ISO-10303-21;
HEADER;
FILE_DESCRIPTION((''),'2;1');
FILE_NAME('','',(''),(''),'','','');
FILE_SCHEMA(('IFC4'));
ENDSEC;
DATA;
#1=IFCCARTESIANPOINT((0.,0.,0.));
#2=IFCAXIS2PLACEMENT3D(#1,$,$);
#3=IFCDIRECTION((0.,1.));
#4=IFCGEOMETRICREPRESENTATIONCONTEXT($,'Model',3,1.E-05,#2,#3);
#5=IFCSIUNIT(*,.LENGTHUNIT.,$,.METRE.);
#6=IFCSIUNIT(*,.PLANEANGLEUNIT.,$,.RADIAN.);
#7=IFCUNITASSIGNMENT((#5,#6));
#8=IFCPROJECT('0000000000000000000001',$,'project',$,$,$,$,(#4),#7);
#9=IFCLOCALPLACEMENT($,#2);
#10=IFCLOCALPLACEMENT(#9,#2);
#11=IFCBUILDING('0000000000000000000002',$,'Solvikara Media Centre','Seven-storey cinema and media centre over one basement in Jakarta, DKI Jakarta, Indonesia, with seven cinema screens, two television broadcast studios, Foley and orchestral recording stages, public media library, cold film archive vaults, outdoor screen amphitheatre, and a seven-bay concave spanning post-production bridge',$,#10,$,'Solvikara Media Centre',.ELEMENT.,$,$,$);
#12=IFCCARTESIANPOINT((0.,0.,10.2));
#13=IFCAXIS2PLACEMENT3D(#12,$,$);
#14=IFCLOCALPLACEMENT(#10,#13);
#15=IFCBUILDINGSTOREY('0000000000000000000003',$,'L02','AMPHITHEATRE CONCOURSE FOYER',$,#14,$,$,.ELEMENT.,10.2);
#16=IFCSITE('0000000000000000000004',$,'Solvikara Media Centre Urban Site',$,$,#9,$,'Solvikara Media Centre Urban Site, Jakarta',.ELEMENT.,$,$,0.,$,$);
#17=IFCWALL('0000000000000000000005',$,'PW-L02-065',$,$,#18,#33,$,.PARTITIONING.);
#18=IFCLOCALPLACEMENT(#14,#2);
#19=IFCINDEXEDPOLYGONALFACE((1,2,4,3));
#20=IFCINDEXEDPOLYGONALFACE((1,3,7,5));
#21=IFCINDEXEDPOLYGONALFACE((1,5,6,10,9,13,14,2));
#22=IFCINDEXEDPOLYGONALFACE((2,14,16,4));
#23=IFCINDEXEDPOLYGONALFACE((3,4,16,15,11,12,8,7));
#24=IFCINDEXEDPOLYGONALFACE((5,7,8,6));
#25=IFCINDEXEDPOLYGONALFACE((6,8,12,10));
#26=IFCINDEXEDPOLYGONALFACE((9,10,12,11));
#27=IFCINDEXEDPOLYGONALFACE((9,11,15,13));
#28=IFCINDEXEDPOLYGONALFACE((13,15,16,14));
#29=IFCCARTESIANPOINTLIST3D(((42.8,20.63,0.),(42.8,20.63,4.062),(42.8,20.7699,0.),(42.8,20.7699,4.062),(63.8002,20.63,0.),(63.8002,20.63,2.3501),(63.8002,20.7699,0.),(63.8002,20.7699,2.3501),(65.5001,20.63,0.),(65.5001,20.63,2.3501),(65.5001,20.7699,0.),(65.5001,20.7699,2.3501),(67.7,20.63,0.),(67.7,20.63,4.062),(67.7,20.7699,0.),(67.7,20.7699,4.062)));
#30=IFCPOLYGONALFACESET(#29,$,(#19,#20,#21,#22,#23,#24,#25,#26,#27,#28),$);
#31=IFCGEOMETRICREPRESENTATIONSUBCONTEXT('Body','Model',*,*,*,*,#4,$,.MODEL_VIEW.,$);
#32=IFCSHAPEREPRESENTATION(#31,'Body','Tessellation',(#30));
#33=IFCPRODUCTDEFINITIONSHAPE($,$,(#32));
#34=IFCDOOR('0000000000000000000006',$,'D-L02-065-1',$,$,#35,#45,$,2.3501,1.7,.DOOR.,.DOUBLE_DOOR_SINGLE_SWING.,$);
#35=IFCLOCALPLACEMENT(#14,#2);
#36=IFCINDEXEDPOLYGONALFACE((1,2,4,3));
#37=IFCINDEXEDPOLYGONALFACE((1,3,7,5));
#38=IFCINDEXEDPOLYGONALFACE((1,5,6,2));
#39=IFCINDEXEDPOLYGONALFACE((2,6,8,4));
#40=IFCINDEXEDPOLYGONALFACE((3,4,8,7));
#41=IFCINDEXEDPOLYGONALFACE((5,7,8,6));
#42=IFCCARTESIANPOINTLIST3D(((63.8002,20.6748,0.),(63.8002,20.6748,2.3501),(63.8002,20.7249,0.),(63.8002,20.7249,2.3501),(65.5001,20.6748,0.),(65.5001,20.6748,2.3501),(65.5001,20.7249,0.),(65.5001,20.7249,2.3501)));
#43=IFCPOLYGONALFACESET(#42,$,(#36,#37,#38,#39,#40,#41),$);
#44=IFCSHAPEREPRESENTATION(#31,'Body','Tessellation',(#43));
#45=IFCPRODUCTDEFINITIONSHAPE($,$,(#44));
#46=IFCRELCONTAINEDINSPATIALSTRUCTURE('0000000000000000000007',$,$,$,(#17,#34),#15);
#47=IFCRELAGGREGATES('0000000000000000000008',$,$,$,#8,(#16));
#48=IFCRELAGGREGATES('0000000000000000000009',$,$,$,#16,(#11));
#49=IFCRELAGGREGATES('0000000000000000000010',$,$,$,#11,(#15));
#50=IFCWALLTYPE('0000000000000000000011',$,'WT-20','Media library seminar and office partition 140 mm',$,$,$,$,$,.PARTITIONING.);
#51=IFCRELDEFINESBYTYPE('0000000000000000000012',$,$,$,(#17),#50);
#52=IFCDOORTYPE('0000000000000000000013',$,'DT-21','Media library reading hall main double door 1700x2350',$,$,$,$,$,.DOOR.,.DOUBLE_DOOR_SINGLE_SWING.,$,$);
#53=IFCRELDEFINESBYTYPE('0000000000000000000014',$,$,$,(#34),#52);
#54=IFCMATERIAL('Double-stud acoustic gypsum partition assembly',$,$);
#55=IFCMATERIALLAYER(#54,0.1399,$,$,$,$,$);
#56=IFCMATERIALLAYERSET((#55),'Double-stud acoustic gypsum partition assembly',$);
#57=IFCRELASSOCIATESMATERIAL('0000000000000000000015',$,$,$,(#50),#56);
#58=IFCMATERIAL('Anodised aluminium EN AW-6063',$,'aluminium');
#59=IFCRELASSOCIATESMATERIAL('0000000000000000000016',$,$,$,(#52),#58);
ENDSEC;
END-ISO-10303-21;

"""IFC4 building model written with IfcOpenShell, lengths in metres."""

from ifc_helpers import new_model, si_unit, direction, frame, frame_2d, origin, place, context, subcontext, project, spatial, rectangle, extrude, material, layer, layer_set, type_object, element, fill, save


model = new_model("IFC4")

# Units and contexts
model_context = context("Model", 3, precision=1e-05, world=origin(), true_north=direction((0.0, 1.0)))
body_context = subcontext(model_context, "Body", "Model", "MODEL_VIEW")
ifc_project = project(units=[si_unit("LENGTHUNIT", "METRE"), si_unit("PLANEANGLEUNIT", "RADIAN")], contexts=[model_context])

# Site, building, storey
site_placement = place(None, origin())
site = spatial("IfcSite", under=ifc_project, at=site_placement, Name="Solvikara Media Centre Urban Site", LongName="Solvikara Media Centre Urban Site, Jakarta", CompositionType="ELEMENT", RefElevation=0.0)
building_placement = place(site_placement, origin())
building = spatial("IfcBuilding", under=site, at=building_placement, Name="Solvikara Media Centre", Description="Seven-storey cinema and media centre over one basement in Jakarta, DKI Jakarta, Indonesia, with seven cinema screens, two television broadcast studios, Foley and orchestral recording stages, public media library, cold film archive vaults, outdoor screen amphitheatre, and a seven-bay concave spanning post-production bridge", LongName="Solvikara Media Centre", CompositionType="ELEMENT")
storey_placement = place(building_placement, frame((0.0, 0.0, 10.2)))
storey = spatial("IfcBuildingStorey", under=building, at=storey_placement, Name="L02", Description="AMPHITHEATRE CONCOURSE FOYER", CompositionType="ELEMENT", Elevation=10.2)

# Shared definitions
ifc_material_1 = material(Name="Anodised aluminium EN AW-6063", Category="aluminium")

# Wall, opening, door
ifc_material_2 = material(Name="Double-stud acoustic gypsum partition assembly")
ifc_layer_1 = layer(ifc_material_2, 0.1399)
ifc_layer_set_1 = layer_set([ifc_layer_1], Name="Double-stud acoustic gypsum partition assembly")
wall_type_1 = type_object("IfcWallType", Name="WT-20", Description="Media library seminar and office partition 140 mm", PredefinedType="PARTITIONING", material=ifc_layer_set_1)
wall_1_placement = place(storey_placement, frame((42.8, 20.7, 0.0), z_axis=(0.0, 0.0, 1.0), x_axis=(1.0, 0.0, 0.0)))
wall_1 = element("IfcWall", 1, at=wall_1_placement, inside=storey, type_object=wall_type_1, Name="PW-L02-065", PredefinedType="PARTITIONING", context=body_context, shape_type="SweptSolid", body=[
    extrude(rectangle(XDim=24.8999, YDim=0.1399, at=frame_2d((12.45, 0.0))), origin(), (0.0, 0.0, 1.0), 4.062),
])
opening_1_placement = place(wall_1_placement, frame((21.0, 0.0, 0.0)))
opening_1 = element("IfcOpeningElement", 2, at=opening_1_placement, cuts=wall_1, PredefinedType="OPENING", context=body_context, shape_type="SweptSolid", body=[
    extrude(rectangle(XDim=1.7, YDim=2.3501, at=frame_2d((0.8501, 1.175))), frame((0.0, 0.082, 0.0), z_axis=(0.0, -1.0, 0.0), x_axis=(1.0, 0.0, 0.0)), (0.0, 0.0, 1.0), 0.1638),
])
door_type_1 = type_object("IfcDoorType", Name="DT-21", Description="Media library reading hall main double door 1700x2350", OperationType="DOUBLE_DOOR_SINGLE_SWING", PredefinedType="DOOR", material=ifc_material_1)
door_1_placement = place(opening_1_placement, origin())
door_1 = element("IfcDoor", 3, at=door_1_placement, inside=storey, type_object=door_type_1, Name="D-L02-065-1", OperationType="DOUBLE_DOOR_SINGLE_SWING", OverallHeight=2.3501, OverallWidth=1.7, PredefinedType="DOOR", context=body_context, shape_type="SweptSolid", body=[
    extrude(rectangle(XDim=1.7, YDim=2.3501, at=frame_2d((0.8501, 1.175))), frame((0.0, 0.0249, 0.0), z_axis=(0.0, -1.0, 0.0), x_axis=(1.0, 0.0, 0.0)), (0.0, 0.0, 1.0), 0.05),
])
fill(opening_1, door_1)

save(model, "model.ifc")
